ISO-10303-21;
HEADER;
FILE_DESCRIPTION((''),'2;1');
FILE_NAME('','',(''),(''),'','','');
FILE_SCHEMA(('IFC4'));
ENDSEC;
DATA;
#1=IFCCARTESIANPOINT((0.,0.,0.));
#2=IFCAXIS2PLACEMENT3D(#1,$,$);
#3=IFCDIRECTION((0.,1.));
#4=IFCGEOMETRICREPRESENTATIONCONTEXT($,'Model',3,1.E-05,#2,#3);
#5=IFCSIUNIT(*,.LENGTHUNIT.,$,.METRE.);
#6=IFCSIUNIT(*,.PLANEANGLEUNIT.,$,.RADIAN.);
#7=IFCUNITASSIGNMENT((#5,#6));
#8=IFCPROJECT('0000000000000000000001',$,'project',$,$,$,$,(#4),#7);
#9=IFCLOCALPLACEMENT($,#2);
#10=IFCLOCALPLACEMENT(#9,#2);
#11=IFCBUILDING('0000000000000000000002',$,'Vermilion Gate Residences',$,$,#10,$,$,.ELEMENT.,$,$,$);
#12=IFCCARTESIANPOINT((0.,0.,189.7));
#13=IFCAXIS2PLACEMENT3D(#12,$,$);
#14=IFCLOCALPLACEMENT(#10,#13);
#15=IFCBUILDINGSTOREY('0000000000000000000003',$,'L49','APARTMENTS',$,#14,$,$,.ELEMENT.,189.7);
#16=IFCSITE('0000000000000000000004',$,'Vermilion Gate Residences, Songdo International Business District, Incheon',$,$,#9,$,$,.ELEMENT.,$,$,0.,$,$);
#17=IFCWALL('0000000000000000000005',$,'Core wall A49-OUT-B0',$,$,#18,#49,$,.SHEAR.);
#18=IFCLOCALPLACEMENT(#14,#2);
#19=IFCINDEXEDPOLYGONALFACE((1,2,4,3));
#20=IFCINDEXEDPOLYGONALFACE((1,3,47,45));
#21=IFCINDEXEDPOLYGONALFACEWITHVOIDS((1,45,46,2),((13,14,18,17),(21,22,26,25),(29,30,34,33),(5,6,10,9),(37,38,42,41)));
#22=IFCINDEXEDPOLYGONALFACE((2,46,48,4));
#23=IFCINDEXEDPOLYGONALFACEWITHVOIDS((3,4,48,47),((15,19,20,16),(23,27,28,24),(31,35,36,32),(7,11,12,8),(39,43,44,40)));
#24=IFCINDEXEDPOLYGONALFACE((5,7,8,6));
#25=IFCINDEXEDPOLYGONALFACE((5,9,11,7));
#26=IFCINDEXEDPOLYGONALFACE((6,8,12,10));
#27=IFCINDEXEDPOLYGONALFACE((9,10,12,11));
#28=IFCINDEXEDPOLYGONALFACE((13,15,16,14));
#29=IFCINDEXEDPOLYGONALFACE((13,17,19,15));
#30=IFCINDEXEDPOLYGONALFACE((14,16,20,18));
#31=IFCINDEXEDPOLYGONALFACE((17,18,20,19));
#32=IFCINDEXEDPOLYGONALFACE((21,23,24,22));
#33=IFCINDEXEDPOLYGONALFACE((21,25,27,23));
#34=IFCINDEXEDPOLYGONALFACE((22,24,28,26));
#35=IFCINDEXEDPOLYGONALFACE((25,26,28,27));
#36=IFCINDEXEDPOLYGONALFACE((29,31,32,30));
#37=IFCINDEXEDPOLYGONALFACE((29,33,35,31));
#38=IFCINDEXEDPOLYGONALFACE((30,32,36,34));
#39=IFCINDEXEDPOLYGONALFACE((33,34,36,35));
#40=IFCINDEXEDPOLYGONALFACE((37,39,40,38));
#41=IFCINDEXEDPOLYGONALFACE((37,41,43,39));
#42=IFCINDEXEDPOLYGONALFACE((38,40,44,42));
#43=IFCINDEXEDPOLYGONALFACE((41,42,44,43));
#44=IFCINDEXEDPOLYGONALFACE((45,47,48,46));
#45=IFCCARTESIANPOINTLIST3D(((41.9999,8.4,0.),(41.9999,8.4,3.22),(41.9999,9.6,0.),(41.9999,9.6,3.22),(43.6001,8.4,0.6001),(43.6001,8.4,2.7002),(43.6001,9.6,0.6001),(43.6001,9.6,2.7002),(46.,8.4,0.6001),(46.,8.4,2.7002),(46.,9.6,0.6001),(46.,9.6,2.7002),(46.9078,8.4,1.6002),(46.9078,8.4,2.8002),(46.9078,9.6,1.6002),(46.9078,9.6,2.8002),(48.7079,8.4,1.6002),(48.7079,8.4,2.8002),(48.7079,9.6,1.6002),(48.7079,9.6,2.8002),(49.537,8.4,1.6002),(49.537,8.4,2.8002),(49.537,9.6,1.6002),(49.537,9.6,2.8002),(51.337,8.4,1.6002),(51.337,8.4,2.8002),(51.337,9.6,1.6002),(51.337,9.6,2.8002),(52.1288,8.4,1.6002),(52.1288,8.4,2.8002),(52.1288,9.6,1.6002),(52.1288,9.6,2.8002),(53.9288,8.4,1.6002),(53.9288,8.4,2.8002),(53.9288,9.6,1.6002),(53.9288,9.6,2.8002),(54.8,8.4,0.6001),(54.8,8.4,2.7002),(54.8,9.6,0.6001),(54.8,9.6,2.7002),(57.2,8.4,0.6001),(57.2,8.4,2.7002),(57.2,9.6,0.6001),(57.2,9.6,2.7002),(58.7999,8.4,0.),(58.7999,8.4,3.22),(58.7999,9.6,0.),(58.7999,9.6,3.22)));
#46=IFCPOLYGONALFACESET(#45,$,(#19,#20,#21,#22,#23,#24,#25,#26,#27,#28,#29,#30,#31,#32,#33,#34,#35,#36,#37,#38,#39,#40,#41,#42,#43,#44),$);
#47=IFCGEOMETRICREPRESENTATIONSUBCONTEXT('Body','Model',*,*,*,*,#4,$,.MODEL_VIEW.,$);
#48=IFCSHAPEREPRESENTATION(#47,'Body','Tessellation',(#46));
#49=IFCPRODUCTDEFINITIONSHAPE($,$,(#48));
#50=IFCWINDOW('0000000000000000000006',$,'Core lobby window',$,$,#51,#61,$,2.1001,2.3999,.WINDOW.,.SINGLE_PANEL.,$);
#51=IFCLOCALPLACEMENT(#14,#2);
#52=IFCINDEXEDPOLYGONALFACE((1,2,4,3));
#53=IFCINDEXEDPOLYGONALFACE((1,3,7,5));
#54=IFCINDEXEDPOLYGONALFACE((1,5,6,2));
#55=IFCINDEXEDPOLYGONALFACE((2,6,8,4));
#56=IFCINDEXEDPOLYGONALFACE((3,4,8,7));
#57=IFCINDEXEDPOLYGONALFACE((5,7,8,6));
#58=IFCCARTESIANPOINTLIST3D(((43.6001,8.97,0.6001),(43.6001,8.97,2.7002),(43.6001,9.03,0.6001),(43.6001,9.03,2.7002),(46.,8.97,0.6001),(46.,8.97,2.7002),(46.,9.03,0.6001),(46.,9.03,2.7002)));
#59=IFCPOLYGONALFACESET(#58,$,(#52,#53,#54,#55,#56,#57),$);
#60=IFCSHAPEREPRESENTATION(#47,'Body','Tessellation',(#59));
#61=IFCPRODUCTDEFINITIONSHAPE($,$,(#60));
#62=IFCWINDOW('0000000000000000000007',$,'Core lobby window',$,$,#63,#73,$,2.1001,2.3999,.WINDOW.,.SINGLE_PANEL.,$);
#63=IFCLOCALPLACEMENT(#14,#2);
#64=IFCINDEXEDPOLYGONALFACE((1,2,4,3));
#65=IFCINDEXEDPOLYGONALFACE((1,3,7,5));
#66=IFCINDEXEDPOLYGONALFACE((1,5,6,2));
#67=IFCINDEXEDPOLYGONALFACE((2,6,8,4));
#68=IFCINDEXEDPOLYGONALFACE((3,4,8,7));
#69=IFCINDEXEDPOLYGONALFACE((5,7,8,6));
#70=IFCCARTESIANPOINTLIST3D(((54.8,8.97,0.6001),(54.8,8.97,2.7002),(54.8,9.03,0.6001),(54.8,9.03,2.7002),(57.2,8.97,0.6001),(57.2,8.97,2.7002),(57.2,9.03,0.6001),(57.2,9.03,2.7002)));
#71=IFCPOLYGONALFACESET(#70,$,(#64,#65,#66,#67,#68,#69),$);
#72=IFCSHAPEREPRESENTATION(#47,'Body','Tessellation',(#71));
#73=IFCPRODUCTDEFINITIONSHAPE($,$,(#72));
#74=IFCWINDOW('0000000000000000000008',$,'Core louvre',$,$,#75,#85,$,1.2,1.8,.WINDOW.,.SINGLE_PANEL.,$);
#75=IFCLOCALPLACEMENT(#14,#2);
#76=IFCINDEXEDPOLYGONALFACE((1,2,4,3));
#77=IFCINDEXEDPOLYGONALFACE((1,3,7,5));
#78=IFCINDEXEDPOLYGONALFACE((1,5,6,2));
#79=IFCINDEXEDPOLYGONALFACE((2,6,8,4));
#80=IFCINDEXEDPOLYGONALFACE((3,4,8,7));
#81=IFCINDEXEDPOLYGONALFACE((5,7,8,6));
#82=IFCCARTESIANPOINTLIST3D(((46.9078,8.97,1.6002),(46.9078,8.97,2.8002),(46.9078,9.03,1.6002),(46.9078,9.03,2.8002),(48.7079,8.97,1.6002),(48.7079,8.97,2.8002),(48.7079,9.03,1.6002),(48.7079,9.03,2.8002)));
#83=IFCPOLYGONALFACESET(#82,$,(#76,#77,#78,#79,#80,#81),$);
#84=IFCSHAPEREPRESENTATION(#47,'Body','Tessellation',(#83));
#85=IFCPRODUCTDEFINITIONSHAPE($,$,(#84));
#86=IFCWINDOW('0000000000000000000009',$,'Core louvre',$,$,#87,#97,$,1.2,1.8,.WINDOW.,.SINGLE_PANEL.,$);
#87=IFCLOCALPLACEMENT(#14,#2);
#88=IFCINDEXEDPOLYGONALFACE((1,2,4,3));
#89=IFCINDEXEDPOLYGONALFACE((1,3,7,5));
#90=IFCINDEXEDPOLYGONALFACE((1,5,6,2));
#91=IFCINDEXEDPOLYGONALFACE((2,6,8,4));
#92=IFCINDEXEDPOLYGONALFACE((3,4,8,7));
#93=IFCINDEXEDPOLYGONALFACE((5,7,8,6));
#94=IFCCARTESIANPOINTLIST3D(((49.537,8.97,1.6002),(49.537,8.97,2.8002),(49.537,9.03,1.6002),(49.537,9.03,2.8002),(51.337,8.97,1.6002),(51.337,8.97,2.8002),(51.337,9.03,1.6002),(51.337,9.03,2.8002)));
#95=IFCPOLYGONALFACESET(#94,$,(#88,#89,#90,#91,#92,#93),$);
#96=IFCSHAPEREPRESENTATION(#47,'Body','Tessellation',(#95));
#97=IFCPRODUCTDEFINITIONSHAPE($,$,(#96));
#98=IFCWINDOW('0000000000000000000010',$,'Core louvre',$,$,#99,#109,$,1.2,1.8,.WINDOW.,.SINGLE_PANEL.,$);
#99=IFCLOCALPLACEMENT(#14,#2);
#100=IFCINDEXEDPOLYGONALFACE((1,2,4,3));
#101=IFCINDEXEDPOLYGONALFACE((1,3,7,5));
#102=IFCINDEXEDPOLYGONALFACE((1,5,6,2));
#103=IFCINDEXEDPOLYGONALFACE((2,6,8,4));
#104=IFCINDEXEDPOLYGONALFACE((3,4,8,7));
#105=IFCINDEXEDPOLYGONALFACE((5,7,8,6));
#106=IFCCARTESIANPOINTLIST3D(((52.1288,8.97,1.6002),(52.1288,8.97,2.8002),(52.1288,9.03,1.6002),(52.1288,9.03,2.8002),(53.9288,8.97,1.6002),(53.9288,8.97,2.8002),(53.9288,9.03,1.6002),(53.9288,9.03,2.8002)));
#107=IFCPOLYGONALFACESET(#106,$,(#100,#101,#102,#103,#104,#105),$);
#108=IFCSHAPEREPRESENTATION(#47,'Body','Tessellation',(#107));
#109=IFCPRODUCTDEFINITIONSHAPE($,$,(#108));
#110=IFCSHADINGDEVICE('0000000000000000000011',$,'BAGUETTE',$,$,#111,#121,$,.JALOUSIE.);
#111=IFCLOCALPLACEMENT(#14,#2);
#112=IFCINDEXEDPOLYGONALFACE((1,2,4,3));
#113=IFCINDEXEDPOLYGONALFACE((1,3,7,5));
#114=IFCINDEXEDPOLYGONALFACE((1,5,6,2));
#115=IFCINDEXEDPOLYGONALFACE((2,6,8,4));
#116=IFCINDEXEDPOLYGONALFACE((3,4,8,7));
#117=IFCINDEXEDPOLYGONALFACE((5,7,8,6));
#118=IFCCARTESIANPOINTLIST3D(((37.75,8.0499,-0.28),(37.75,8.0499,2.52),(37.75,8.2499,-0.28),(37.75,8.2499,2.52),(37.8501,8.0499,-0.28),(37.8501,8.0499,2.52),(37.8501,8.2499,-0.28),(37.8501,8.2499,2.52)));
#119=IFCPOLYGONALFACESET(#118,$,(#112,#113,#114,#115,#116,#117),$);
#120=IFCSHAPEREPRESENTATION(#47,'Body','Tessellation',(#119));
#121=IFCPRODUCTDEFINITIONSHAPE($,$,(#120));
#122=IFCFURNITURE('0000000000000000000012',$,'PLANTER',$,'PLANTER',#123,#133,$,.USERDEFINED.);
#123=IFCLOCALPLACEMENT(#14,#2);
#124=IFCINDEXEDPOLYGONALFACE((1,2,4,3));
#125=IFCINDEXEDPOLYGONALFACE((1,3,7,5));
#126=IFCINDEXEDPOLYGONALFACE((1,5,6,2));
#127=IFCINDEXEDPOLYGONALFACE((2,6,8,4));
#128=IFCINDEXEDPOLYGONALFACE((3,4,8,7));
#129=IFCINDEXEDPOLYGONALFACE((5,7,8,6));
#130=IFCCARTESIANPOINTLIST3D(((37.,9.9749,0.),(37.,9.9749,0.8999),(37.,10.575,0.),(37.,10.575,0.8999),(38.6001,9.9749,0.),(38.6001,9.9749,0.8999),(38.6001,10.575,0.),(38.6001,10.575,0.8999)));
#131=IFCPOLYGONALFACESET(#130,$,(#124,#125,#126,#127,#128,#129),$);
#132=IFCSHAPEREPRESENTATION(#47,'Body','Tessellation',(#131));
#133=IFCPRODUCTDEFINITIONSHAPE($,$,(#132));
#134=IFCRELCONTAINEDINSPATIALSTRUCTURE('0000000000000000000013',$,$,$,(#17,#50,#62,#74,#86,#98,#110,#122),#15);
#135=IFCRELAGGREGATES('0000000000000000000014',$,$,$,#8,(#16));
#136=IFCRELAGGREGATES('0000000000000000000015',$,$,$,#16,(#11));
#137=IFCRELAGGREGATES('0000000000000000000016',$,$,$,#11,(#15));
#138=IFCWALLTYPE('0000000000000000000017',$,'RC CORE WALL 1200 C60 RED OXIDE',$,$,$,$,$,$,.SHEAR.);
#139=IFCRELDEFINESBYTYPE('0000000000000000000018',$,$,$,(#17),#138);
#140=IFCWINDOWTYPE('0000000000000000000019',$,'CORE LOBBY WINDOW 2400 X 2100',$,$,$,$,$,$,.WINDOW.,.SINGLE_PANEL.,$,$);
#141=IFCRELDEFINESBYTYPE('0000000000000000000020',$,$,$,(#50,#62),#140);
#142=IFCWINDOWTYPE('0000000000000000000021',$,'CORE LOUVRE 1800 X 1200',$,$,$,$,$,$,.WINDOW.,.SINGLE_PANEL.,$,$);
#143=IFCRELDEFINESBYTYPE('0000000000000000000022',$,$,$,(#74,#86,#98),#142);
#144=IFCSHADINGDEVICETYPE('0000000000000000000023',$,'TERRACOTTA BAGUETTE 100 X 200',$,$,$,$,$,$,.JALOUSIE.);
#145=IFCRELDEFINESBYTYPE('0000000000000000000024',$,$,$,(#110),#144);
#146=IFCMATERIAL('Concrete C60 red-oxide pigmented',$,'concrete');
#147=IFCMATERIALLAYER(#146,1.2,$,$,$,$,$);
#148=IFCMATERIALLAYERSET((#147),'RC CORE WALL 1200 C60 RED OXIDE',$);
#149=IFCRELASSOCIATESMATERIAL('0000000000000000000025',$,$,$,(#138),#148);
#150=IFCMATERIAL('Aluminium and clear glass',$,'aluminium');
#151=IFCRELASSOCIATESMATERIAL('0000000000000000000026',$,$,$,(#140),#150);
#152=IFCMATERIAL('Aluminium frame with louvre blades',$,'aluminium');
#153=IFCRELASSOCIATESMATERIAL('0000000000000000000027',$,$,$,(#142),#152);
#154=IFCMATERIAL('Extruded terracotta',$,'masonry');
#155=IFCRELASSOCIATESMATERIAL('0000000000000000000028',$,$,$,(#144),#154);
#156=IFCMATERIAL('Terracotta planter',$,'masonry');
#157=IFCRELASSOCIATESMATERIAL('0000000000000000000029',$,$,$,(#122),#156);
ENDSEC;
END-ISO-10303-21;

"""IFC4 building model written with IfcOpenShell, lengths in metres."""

from ifc_helpers import new_model, si_unit, direction, frame, frame_2d, origin, origin_2d, place, context, subcontext, project, spatial, rectangle, extrude, material, layer, layer_set, material_profile, profile_set, type_object, element, fill, save


model = new_model("IFC4")

# Units and contexts
model_context = context("Model", 3, precision=1e-05, world=origin(), true_north=direction((0.0, 1.0)))
body_context = subcontext(model_context, "Body", "Model", "MODEL_VIEW")
ifc_project = project(units=[si_unit("LENGTHUNIT", "METRE"), si_unit("PLANEANGLEUNIT", "RADIAN")], contexts=[model_context])

# Site, building, storey
site_placement = place(None, origin())
site = spatial("IfcSite", under=ifc_project, at=site_placement, Name="Vermilion Gate Residences, Songdo International Business District, Incheon", CompositionType="ELEMENT", RefElevation=0.0)
building_placement = place(site_placement, origin())
building = spatial("IfcBuilding", under=site, at=building_placement, Name="Vermilion Gate Residences", CompositionType="ELEMENT")
storey_placement = place(building_placement, frame((0.0, 0.0, 189.7)))
storey = spatial("IfcBuildingStorey", under=building, at=storey_placement, Name="L49", Description="APARTMENTS", CompositionType="ELEMENT", Elevation=189.7)

# Wall, openings, windows
ifc_material_1 = material(Name="Concrete C60 red-oxide pigmented", Category="concrete")
ifc_layer_1 = layer(ifc_material_1, 1.2)
ifc_layer_set_1 = layer_set([ifc_layer_1], Name="RC CORE WALL 1200 C60 RED OXIDE")
wall_type_1 = type_object("IfcWallType", Name="RC CORE WALL 1200 C60 RED OXIDE", PredefinedType="SHEAR", material=ifc_layer_set_1)
wall_1_placement = place(storey_placement, frame((42.0, 9.0, 0.0), z_axis=(0.0, 0.0, 1.0), x_axis=(1.0, 0.0, 0.0)))
wall_1 = element("IfcWall", 1, at=wall_1_placement, inside=storey, type_object=wall_type_1, Name="Core wall A49-OUT-B0", PredefinedType="SHEAR", context=body_context, shape_type="SweptSolid", body=[
    extrude(rectangle(XDim=16.8, YDim=1.2, at=frame_2d((8.3999, 0.0))), origin(), (0.0, 0.0, 1.0), 3.22),
])
opening_1_placement = place(wall_1_placement, frame((1.6001, 0.0, 0.6001)))
opening_1 = element("IfcOpeningElement", 2, at=opening_1_placement, cuts=wall_1, PredefinedType="OPENING", context=body_context, shape_type="SweptSolid", body=[
    extrude(rectangle(XDim=2.3999, YDim=2.1001, at=frame_2d((1.2, 1.05))), frame((0.0, 0.6099, 0.0), z_axis=(0.0, -1.0, 0.0), x_axis=(1.0, 0.0, 0.0)), (0.0, 0.0, 1.0), 1.22),
])
opening_2_placement = place(wall_1_placement, frame((4.908, 0.0, 1.6001)))
opening_2 = element("IfcOpeningElement", 3, at=opening_2_placement, cuts=wall_1, PredefinedType="OPENING", context=body_context, shape_type="SweptSolid", body=[
    extrude(rectangle(XDim=1.8, YDim=1.2, at=frame_2d((0.8999, 0.6001))), frame((0.0, 0.6099, 0.0), z_axis=(0.0, -1.0, 0.0), x_axis=(1.0, 0.0, 0.0)), (0.0, 0.0, 1.0), 1.22),
])
opening_3_placement = place(wall_1_placement, frame((7.5371, 0.0, 1.6001)))
opening_3 = element("IfcOpeningElement", 4, at=opening_3_placement, cuts=wall_1, PredefinedType="OPENING", context=body_context, shape_type="SweptSolid", body=[
    extrude(rectangle(XDim=1.8, YDim=1.2, at=frame_2d((0.8999, 0.6001))), frame((0.0, 0.6099, 0.0), z_axis=(0.0, -1.0, 0.0), x_axis=(1.0, 0.0, 0.0)), (0.0, 0.0, 1.0), 1.22),
])
opening_4_placement = place(wall_1_placement, frame((10.1289, 0.0, 1.6001)))
opening_4 = element("IfcOpeningElement", 5, at=opening_4_placement, cuts=wall_1, PredefinedType="OPENING", context=body_context, shape_type="SweptSolid", body=[
    extrude(rectangle(XDim=1.8, YDim=1.2, at=frame_2d((0.8999, 0.6001))), frame((0.0, 0.6099, 0.0), z_axis=(0.0, -1.0, 0.0), x_axis=(1.0, 0.0, 0.0)), (0.0, 0.0, 1.0), 1.22),
])
opening_5_placement = place(wall_1_placement, frame((12.8, 0.0, 0.6001)))
opening_5 = element("IfcOpeningElement", 6, at=opening_5_placement, cuts=wall_1, PredefinedType="OPENING", context=body_context, shape_type="SweptSolid", body=[
    extrude(rectangle(XDim=2.3999, YDim=2.1001, at=frame_2d((1.2, 1.05))), frame((0.0, 0.6099, 0.0), z_axis=(0.0, -1.0, 0.0), x_axis=(1.0, 0.0, 0.0)), (0.0, 0.0, 1.0), 1.22),
])
ifc_material_2 = material(Name="Aluminium and clear glass", Category="aluminium")
window_type_1 = type_object("IfcWindowType", Name="CORE LOBBY WINDOW 2400 X 2100", PartitioningType="SINGLE_PANEL", PredefinedType="WINDOW", material=ifc_material_2)
window_1_placement = place(opening_1_placement, origin())
window_1 = element("IfcWindow", 7, at=window_1_placement, inside=storey, type_object=window_type_1, Name="Core lobby window", OverallHeight=2.1001, OverallWidth=2.3999, PartitioningType="SINGLE_PANEL", PredefinedType="WINDOW", context=body_context, shape_type="SweptSolid", body=[
    extrude(rectangle(XDim=2.3999, YDim=2.1001, at=frame_2d((1.2, 1.05))), frame((0.0, 0.03, 0.0), z_axis=(0.0, -1.0, 0.0), x_axis=(1.0, 0.0, 0.0)), (0.0, 0.0, 1.0), 0.0601),
])
fill(opening_1, window_1)
window_2_placement = place(opening_5_placement, origin())
window_2 = element("IfcWindow", 8, at=window_2_placement, inside=storey, type_object=window_type_1, Name="Core lobby window", OverallHeight=2.1001, OverallWidth=2.3999, PartitioningType="SINGLE_PANEL", PredefinedType="WINDOW", context=body_context, shape_type="SweptSolid", body=[
    extrude(rectangle(XDim=2.3999, YDim=2.1001, at=frame_2d((1.2, 1.05))), frame((0.0, 0.03, 0.0), z_axis=(0.0, -1.0, 0.0), x_axis=(1.0, 0.0, 0.0)), (0.0, 0.0, 1.0), 0.0601),
])
fill(opening_5, window_2)
ifc_material_3 = material(Name="Aluminium frame with louvre blades", Category="aluminium")
window_type_2 = type_object("IfcWindowType", Name="CORE LOUVRE 1800 X 1200", PartitioningType="SINGLE_PANEL", PredefinedType="WINDOW", material=ifc_material_3)
window_3_placement = place(opening_2_placement, origin())
window_3 = element("IfcWindow", 9, at=window_3_placement, inside=storey, type_object=window_type_2, Name="Core louvre", OverallHeight=1.2, OverallWidth=1.8, PartitioningType="SINGLE_PANEL", PredefinedType="WINDOW", context=body_context, shape_type="SweptSolid", body=[
    extrude(rectangle(XDim=1.8, YDim=1.2, at=frame_2d((0.8999, 0.6001))), frame((0.0, 0.03, 0.0), z_axis=(0.0, -1.0, 0.0), x_axis=(1.0, 0.0, 0.0)), (0.0, 0.0, 1.0), 0.0601),
])
fill(opening_2, window_3)
window_4_placement = place(opening_3_placement, origin())
window_4 = element("IfcWindow", 10, at=window_4_placement, inside=storey, type_object=window_type_2, Name="Core louvre", OverallHeight=1.2, OverallWidth=1.8, PartitioningType="SINGLE_PANEL", PredefinedType="WINDOW", context=body_context, shape_type="SweptSolid", body=[
    extrude(rectangle(XDim=1.8, YDim=1.2, at=frame_2d((0.8999, 0.6001))), frame((0.0, 0.03, 0.0), z_axis=(0.0, -1.0, 0.0), x_axis=(1.0, 0.0, 0.0)), (0.0, 0.0, 1.0), 0.0601),
])
fill(opening_3, window_4)
window_5_placement = place(opening_4_placement, origin())
window_5 = element("IfcWindow", 11, at=window_5_placement, inside=storey, type_object=window_type_2, Name="Core louvre", OverallHeight=1.2, OverallWidth=1.8, PartitioningType="SINGLE_PANEL", PredefinedType="WINDOW", context=body_context, shape_type="SweptSolid", body=[
    extrude(rectangle(XDim=1.8, YDim=1.2, at=frame_2d((0.8999, 0.6001))), frame((0.0, 0.03, 0.0), z_axis=(0.0, -1.0, 0.0), x_axis=(1.0, 0.0, 0.0)), (0.0, 0.0, 1.0), 0.0601),
])
fill(opening_4, window_5)

# Shading device
ifc_material_4 = material(Name="Extruded terracotta", Category="masonry")
ifc_material_profile_1 = material_profile(ifc_material_4, rectangle(XDim=0.2, YDim=0.1001, at=origin_2d()), Name="BAGUETTE 100 X 200")
ifc_profile_set_1 = profile_set([ifc_material_profile_1], Name="Extruded terracotta")
shading_device_type = type_object("IfcShadingDeviceType", Name="TERRACOTTA BAGUETTE 100 X 200", PredefinedType="JALOUSIE", material=ifc_profile_set_1)
shading_device_placement = place(storey_placement, frame((37.8, 8.1499, -0.28), z_axis=(0.0, 0.0, 1.0), x_axis=(0.0, 1.0, 0.0)))
element("IfcShadingDevice", 12, at=shading_device_placement, inside=storey, type_object=shading_device_type, Name="BAGUETTE", PredefinedType="JALOUSIE", context=body_context, shape_type="SweptSolid", body=[
    extrude(rectangle(XDim=0.2, YDim=0.1001, at=origin_2d()), origin(), (0.0, 0.0, 1.0), 2.8),
])

# Furniture
ifc_material_5 = material(Name="Terracotta planter", Category="masonry")
furniture_placement = place(storey_placement, frame((37.8, 10.2749, 0.0), z_axis=(0.0, 0.0, 1.0), x_axis=(1.0, 0.0, 0.0)))
element("IfcFurniture", 13, at=furniture_placement, inside=storey, material=ifc_material_5, Name="PLANTER", ObjectType="PLANTER", PredefinedType="USERDEFINED", context=body_context, shape_type="SweptSolid", body=[
    extrude(rectangle(XDim=1.6001, YDim=0.6001, at=origin_2d()), origin(), (0.0, 0.0, 1.0), 0.8999),
])

save(model, "model.ifc")
